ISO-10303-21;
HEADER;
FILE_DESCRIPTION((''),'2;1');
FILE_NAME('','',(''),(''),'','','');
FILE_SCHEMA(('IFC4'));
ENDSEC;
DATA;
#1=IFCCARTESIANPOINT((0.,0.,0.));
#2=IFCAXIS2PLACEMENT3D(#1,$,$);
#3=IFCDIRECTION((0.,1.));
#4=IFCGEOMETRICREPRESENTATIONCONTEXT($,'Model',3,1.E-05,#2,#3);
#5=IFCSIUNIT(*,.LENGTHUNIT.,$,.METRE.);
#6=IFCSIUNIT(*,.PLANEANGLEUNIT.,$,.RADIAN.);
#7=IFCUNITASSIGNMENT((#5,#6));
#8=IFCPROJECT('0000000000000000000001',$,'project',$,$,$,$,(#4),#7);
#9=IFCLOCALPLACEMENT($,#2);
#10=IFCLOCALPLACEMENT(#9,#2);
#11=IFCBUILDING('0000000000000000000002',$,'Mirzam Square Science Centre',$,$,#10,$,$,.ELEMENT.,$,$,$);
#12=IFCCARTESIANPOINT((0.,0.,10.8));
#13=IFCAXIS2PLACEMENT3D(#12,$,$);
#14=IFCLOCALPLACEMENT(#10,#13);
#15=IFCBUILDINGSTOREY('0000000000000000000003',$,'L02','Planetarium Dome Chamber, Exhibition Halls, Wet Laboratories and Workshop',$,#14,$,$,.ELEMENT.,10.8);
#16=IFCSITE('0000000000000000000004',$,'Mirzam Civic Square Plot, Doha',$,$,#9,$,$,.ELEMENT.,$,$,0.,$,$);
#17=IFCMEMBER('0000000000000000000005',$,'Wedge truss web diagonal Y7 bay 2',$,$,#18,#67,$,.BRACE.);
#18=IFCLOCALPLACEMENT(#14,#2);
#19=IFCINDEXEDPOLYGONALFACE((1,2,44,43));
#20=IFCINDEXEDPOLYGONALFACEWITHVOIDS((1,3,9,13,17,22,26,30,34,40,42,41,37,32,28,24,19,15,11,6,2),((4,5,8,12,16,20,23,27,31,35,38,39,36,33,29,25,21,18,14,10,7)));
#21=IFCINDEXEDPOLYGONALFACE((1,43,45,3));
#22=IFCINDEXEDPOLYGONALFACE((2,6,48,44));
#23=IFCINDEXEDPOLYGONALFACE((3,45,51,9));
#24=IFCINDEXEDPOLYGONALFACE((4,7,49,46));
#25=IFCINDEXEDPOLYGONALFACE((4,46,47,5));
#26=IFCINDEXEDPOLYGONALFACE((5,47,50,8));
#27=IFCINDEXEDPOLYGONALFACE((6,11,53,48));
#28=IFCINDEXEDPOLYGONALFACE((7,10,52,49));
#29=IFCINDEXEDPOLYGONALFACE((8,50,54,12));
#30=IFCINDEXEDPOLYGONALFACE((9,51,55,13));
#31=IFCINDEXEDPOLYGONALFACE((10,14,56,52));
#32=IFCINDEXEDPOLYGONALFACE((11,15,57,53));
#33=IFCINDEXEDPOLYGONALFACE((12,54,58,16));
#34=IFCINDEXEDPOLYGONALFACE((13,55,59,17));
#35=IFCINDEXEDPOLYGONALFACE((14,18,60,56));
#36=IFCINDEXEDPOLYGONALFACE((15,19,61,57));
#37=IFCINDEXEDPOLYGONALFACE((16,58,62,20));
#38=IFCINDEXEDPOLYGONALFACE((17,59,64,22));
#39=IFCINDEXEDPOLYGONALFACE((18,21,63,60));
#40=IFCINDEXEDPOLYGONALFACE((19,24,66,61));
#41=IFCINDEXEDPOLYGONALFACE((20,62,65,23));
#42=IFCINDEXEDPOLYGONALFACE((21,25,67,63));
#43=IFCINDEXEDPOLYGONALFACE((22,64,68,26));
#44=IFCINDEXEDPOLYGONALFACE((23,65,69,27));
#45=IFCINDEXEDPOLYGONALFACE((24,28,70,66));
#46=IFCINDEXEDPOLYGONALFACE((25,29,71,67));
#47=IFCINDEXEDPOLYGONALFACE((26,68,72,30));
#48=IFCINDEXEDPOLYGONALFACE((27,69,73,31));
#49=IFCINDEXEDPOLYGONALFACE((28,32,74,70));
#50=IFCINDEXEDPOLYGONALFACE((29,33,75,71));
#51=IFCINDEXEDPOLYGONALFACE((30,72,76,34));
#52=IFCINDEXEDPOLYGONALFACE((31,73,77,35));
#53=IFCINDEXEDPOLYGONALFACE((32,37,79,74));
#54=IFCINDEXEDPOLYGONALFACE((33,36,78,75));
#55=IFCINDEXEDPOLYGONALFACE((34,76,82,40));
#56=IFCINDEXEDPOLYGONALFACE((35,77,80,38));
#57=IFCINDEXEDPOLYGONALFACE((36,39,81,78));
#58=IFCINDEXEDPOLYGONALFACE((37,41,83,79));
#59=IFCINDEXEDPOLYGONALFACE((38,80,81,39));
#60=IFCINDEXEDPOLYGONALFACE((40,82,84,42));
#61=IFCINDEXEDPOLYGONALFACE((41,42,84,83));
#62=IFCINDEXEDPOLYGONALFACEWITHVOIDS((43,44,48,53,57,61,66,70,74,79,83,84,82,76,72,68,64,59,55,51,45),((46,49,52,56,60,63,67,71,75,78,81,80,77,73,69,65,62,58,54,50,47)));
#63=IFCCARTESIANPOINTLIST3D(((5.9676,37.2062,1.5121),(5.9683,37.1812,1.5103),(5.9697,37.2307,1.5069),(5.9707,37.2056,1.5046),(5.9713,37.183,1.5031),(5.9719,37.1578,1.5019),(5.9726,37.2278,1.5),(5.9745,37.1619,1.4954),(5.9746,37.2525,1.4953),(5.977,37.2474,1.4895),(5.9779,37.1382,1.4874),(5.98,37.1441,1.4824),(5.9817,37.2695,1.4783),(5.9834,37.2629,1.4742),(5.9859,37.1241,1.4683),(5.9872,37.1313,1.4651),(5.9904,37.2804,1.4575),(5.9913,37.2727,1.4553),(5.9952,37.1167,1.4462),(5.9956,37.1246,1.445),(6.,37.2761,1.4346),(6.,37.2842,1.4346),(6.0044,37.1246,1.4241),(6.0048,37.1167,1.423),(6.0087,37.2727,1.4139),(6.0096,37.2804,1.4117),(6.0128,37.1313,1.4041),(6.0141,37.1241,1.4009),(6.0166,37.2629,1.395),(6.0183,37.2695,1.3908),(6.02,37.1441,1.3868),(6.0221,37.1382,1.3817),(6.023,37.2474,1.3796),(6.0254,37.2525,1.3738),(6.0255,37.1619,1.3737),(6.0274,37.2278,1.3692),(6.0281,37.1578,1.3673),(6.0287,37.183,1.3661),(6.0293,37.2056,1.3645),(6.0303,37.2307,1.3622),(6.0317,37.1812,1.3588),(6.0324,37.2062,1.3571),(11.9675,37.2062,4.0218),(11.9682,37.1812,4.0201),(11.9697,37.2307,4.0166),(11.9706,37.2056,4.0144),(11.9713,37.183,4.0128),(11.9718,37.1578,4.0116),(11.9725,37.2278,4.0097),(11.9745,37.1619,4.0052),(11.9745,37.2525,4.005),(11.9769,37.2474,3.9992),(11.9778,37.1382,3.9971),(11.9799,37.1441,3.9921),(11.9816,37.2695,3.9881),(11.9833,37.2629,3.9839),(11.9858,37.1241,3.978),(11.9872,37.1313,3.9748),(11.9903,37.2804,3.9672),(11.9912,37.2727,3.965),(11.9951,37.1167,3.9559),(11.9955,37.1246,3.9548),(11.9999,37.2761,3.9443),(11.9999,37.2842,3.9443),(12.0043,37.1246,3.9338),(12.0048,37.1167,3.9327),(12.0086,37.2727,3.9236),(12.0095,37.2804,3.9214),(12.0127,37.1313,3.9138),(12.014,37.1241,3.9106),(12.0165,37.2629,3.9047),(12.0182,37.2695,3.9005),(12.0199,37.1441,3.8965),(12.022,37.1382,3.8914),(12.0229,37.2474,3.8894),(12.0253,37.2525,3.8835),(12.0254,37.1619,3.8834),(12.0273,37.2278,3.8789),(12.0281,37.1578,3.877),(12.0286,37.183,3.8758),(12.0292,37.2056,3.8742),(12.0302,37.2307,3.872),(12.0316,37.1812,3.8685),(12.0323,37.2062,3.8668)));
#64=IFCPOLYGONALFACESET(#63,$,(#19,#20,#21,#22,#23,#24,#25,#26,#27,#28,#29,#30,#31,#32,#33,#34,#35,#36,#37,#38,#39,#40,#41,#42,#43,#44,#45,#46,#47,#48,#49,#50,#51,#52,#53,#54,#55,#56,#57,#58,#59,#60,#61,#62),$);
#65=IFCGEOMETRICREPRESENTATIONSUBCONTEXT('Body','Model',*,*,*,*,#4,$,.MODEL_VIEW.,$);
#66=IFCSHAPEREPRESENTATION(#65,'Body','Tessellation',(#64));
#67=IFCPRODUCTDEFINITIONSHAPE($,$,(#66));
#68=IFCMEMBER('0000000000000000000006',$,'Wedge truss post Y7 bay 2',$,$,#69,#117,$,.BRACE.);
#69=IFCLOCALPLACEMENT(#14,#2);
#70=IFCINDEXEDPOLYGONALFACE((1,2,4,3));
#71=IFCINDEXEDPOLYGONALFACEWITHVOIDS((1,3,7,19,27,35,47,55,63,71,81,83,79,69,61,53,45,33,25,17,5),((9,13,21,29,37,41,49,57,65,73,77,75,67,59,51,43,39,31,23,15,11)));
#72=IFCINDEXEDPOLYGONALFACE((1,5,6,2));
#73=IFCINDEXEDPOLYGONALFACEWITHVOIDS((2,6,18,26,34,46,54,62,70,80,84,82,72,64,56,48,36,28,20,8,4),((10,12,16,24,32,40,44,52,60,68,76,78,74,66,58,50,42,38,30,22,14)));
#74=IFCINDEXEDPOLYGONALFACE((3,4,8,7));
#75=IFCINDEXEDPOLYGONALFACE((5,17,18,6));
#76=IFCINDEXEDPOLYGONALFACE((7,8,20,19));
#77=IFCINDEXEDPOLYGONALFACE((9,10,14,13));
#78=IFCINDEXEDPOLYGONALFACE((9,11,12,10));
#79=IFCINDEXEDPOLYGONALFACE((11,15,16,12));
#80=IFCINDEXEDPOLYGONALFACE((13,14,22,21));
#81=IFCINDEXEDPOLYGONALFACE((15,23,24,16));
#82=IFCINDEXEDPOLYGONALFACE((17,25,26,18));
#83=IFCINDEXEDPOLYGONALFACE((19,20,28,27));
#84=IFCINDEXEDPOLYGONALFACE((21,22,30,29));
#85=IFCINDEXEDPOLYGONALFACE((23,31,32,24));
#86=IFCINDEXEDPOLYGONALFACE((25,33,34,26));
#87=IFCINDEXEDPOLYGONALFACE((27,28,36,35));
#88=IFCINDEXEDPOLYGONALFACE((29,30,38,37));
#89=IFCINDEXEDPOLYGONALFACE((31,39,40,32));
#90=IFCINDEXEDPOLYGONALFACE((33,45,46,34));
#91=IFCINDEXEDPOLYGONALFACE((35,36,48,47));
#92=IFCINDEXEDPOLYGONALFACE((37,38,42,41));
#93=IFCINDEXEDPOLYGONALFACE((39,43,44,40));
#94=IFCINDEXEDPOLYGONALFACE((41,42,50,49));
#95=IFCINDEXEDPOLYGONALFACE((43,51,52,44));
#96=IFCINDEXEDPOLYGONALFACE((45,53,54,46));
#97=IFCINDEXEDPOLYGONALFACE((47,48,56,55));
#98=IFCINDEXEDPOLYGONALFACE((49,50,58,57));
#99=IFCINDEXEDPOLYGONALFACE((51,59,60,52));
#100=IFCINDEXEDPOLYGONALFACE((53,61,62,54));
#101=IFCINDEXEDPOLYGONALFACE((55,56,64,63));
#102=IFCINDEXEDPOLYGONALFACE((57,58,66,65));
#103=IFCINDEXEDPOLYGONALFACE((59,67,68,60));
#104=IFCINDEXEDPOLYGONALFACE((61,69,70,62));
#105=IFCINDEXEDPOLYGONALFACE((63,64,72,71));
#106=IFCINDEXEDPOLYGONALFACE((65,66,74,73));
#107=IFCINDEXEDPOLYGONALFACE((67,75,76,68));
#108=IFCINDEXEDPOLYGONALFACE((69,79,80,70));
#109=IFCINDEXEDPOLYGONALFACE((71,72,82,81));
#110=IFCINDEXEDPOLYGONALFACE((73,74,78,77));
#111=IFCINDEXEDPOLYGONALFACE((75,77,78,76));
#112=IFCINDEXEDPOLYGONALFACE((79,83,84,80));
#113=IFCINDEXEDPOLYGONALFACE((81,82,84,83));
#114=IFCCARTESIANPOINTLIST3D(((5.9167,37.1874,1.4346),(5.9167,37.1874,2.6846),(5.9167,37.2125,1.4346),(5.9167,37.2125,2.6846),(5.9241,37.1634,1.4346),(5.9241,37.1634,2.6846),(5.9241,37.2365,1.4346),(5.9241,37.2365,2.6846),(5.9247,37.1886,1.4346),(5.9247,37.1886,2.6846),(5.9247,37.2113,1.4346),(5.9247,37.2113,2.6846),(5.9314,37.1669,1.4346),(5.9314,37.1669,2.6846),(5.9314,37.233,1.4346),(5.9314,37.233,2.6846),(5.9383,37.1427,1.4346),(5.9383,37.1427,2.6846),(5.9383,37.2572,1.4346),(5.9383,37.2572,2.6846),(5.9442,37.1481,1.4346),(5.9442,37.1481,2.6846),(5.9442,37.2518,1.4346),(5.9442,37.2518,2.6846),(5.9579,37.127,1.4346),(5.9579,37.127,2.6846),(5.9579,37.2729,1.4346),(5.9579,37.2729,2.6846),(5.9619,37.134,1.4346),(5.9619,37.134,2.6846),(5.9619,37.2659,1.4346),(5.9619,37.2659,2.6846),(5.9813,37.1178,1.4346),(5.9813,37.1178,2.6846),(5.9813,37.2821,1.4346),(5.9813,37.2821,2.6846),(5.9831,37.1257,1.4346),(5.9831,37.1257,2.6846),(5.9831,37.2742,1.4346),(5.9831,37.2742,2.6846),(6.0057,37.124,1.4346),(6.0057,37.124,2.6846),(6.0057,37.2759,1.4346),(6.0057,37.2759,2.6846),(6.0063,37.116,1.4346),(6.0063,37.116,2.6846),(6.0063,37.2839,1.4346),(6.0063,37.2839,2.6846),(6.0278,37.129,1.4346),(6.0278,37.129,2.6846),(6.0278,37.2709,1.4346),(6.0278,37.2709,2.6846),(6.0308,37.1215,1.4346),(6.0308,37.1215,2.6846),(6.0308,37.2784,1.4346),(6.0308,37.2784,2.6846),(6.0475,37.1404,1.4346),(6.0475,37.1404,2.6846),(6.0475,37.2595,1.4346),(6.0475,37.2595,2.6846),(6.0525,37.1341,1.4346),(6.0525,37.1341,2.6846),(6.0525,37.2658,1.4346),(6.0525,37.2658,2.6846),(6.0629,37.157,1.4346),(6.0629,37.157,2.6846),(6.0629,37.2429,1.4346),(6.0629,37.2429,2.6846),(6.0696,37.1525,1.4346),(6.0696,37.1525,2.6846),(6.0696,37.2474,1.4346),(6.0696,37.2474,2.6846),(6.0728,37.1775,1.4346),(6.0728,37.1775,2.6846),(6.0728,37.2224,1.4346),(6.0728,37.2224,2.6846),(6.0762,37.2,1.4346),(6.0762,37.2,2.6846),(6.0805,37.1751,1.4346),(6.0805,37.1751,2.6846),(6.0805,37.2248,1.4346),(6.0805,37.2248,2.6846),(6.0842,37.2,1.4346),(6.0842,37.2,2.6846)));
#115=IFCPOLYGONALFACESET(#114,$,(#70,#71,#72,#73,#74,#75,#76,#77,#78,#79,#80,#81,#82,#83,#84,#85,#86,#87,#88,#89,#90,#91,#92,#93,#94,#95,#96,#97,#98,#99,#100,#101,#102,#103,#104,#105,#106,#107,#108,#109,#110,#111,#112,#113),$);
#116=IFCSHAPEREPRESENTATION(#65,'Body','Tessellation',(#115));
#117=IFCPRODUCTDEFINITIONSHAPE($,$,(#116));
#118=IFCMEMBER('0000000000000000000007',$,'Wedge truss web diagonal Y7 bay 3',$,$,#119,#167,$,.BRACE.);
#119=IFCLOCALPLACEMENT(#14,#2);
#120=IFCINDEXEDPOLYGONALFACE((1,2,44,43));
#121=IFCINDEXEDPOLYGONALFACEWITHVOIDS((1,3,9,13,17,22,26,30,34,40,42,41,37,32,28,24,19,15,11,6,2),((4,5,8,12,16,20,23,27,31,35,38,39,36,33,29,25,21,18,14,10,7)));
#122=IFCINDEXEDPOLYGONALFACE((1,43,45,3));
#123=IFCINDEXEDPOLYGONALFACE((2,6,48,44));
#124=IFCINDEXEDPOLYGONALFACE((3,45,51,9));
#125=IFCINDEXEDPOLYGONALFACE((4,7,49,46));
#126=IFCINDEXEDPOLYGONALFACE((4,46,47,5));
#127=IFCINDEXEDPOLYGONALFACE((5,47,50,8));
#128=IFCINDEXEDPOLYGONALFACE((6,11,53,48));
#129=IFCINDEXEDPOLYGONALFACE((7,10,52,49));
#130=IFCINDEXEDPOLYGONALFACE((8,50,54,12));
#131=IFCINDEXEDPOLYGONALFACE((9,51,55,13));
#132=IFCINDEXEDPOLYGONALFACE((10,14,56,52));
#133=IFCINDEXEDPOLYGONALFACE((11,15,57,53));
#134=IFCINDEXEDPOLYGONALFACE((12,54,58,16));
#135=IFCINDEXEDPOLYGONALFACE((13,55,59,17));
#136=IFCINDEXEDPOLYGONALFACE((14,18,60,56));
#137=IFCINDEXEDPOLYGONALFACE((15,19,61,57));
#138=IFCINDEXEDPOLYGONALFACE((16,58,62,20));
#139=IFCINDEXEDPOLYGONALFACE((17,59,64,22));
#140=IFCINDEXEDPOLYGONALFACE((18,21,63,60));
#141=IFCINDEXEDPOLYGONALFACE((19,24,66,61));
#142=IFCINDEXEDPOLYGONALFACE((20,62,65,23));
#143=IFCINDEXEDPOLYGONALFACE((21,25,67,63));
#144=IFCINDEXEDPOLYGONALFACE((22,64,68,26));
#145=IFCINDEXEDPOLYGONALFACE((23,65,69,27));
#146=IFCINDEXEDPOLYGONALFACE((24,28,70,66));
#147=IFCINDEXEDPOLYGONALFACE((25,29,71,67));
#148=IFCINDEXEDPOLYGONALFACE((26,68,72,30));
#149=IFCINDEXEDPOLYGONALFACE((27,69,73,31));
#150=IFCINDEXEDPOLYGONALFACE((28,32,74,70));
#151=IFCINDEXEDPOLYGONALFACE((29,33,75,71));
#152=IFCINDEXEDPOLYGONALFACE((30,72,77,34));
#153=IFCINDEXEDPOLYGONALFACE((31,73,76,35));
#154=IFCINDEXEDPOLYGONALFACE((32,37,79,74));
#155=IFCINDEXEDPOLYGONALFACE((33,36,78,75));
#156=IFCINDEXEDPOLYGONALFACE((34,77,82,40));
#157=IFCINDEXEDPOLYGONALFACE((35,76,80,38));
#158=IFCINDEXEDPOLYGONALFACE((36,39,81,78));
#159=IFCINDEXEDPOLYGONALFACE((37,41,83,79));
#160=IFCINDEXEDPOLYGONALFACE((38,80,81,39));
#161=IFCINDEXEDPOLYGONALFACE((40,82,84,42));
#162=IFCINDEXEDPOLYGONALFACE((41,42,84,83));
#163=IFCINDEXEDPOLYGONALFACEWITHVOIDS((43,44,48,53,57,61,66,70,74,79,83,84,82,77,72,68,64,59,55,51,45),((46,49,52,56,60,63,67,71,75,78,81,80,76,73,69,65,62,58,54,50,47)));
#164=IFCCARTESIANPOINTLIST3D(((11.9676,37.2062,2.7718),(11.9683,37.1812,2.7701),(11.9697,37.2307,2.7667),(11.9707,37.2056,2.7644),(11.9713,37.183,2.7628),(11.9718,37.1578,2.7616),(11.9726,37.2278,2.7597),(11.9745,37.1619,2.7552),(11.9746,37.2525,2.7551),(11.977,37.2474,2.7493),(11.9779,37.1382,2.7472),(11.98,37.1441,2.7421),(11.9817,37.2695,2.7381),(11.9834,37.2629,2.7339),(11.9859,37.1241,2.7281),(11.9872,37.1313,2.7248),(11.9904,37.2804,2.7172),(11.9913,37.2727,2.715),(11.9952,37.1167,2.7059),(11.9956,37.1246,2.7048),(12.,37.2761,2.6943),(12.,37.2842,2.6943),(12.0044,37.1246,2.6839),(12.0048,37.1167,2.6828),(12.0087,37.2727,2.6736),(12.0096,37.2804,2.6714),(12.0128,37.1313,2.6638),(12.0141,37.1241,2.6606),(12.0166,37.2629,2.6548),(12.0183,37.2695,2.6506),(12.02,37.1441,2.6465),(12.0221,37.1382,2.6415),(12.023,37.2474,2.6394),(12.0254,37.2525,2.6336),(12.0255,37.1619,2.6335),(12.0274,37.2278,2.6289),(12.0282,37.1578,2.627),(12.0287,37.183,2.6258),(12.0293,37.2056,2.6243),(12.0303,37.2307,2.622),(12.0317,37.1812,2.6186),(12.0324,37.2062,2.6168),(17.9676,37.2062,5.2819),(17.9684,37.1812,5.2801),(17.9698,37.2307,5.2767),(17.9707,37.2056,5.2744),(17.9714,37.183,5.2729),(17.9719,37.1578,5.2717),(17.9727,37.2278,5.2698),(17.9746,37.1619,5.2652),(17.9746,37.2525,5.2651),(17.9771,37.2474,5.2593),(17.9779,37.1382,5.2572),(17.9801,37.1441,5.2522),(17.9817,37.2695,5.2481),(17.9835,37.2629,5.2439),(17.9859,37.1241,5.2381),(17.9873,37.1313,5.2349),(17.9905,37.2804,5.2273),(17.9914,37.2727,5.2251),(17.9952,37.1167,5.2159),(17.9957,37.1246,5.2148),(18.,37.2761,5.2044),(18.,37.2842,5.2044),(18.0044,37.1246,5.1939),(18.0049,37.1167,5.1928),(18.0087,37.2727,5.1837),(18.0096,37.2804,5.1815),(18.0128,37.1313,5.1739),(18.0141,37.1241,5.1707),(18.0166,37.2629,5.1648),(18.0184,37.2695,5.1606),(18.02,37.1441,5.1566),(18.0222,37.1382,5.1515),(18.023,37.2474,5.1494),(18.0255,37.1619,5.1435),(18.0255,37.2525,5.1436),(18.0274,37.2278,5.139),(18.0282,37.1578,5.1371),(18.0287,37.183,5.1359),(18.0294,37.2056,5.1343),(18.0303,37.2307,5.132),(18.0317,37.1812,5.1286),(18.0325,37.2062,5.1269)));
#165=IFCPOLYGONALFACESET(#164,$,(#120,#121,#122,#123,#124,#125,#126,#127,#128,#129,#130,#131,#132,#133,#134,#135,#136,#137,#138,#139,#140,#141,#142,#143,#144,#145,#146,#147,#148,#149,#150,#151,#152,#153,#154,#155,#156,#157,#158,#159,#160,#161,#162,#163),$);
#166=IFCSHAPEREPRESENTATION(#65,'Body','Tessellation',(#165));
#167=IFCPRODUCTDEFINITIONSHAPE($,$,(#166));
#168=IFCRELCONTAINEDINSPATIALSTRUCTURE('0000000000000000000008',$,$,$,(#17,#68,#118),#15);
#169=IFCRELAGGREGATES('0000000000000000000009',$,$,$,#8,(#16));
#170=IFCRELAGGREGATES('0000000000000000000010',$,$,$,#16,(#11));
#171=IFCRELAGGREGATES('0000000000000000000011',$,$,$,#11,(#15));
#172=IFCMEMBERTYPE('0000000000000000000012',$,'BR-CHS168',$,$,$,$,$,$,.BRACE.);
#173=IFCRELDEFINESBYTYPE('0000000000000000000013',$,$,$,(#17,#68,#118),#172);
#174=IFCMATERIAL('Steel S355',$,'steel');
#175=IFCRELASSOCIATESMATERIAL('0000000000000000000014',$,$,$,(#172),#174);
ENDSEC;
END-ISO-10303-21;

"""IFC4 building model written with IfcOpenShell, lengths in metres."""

from ifc_helpers import new_model, si_unit, direction, frame, origin, origin_2d, place, context, subcontext, project, spatial, hollow_circle, extrude, material, material_profile, profile_set, type_object, element, save


model = new_model("IFC4")

# Units and contexts
model_context = context("Model", 3, precision=1e-05, world=origin(), true_north=direction((0.0, 1.0)))
body_context = subcontext(model_context, "Body", "Model", "MODEL_VIEW")
ifc_project = project(units=[si_unit("LENGTHUNIT", "METRE"), si_unit("PLANEANGLEUNIT", "RADIAN")], contexts=[model_context])

# Site, building, storey
site_placement = place(None, origin())
site = spatial("IfcSite", under=ifc_project, at=site_placement, Name="Mirzam Civic Square Plot, Doha", CompositionType="ELEMENT", RefElevation=0.0)
building_placement = place(site_placement, origin())
building = spatial("IfcBuilding", under=site, at=building_placement, Name="Mirzam Square Science Centre", CompositionType="ELEMENT")
storey_placement = place(building_placement, frame((0.0, 0.0, 10.8)))
storey = spatial("IfcBuildingStorey", under=building, at=storey_placement, Name="L02", Description="Planetarium Dome Chamber, Exhibition Halls, Wet Laboratories and Workshop", CompositionType="ELEMENT", Elevation=10.8)

# Shared definitions
ifc_material_1 = material(Name="Steel S355", Category="steel")

# Members
ifc_material_profile_1 = material_profile(ifc_material_1, hollow_circle(Radius=0.0842, WallThickness=0.0081, at=origin_2d()), Name="168.3x8.0CHS")
ifc_profile_set_1 = profile_set([ifc_material_profile_1], Name="Steel S355")
member_type_1 = type_object("IfcMemberType", Name="BR-CHS168", PredefinedType="BRACE", material=ifc_profile_set_1)
member_1_placement = place(storey_placement, frame((6.0, 37.2, 1.4346), z_axis=(0.922543, 0.0, 0.385894), x_axis=(0.0, 1.0, 0.0)))
element("IfcMember", 1, at=member_1_placement, inside=storey, type_object=member_type_1, Name="Wedge truss web diagonal Y7 bay 2", PredefinedType="BRACE", context=body_context, shape_type="SweptSolid", body=[
    extrude(hollow_circle(Radius=0.0842, WallThickness=0.0081, at=origin_2d()), origin(), (0.0, 0.0, 1.0), 6.5037),
])
member_2_placement = place(storey_placement, frame((6.0, 37.2, 1.4346), z_axis=(0.0, 0.0, 1.0), x_axis=(1.0, 0.0, 0.0)))
element("IfcMember", 2, at=member_2_placement, inside=storey, type_object=member_type_1, Name="Wedge truss post Y7 bay 2", PredefinedType="BRACE", context=body_context, shape_type="SweptSolid", body=[
    extrude(hollow_circle(Radius=0.0842, WallThickness=0.0081, at=origin_2d()), origin(), (0.0, 0.0, 1.0), 1.25),
])
member_3_placement = place(storey_placement, frame((12.0, 37.2, 2.6943), z_axis=(0.92253, 0.0, 0.385926), x_axis=(0.0, 1.0, 0.0)))
element("IfcMember", 3, at=member_3_placement, inside=storey, type_object=member_type_1, Name="Wedge truss web diagonal Y7 bay 3", PredefinedType="BRACE", context=body_context, shape_type="SweptSolid", body=[
    extrude(hollow_circle(Radius=0.0842, WallThickness=0.0081, at=origin_2d()), origin(), (0.0, 0.0, 1.0), 6.5039),
])

save(model, "model.ifc")
